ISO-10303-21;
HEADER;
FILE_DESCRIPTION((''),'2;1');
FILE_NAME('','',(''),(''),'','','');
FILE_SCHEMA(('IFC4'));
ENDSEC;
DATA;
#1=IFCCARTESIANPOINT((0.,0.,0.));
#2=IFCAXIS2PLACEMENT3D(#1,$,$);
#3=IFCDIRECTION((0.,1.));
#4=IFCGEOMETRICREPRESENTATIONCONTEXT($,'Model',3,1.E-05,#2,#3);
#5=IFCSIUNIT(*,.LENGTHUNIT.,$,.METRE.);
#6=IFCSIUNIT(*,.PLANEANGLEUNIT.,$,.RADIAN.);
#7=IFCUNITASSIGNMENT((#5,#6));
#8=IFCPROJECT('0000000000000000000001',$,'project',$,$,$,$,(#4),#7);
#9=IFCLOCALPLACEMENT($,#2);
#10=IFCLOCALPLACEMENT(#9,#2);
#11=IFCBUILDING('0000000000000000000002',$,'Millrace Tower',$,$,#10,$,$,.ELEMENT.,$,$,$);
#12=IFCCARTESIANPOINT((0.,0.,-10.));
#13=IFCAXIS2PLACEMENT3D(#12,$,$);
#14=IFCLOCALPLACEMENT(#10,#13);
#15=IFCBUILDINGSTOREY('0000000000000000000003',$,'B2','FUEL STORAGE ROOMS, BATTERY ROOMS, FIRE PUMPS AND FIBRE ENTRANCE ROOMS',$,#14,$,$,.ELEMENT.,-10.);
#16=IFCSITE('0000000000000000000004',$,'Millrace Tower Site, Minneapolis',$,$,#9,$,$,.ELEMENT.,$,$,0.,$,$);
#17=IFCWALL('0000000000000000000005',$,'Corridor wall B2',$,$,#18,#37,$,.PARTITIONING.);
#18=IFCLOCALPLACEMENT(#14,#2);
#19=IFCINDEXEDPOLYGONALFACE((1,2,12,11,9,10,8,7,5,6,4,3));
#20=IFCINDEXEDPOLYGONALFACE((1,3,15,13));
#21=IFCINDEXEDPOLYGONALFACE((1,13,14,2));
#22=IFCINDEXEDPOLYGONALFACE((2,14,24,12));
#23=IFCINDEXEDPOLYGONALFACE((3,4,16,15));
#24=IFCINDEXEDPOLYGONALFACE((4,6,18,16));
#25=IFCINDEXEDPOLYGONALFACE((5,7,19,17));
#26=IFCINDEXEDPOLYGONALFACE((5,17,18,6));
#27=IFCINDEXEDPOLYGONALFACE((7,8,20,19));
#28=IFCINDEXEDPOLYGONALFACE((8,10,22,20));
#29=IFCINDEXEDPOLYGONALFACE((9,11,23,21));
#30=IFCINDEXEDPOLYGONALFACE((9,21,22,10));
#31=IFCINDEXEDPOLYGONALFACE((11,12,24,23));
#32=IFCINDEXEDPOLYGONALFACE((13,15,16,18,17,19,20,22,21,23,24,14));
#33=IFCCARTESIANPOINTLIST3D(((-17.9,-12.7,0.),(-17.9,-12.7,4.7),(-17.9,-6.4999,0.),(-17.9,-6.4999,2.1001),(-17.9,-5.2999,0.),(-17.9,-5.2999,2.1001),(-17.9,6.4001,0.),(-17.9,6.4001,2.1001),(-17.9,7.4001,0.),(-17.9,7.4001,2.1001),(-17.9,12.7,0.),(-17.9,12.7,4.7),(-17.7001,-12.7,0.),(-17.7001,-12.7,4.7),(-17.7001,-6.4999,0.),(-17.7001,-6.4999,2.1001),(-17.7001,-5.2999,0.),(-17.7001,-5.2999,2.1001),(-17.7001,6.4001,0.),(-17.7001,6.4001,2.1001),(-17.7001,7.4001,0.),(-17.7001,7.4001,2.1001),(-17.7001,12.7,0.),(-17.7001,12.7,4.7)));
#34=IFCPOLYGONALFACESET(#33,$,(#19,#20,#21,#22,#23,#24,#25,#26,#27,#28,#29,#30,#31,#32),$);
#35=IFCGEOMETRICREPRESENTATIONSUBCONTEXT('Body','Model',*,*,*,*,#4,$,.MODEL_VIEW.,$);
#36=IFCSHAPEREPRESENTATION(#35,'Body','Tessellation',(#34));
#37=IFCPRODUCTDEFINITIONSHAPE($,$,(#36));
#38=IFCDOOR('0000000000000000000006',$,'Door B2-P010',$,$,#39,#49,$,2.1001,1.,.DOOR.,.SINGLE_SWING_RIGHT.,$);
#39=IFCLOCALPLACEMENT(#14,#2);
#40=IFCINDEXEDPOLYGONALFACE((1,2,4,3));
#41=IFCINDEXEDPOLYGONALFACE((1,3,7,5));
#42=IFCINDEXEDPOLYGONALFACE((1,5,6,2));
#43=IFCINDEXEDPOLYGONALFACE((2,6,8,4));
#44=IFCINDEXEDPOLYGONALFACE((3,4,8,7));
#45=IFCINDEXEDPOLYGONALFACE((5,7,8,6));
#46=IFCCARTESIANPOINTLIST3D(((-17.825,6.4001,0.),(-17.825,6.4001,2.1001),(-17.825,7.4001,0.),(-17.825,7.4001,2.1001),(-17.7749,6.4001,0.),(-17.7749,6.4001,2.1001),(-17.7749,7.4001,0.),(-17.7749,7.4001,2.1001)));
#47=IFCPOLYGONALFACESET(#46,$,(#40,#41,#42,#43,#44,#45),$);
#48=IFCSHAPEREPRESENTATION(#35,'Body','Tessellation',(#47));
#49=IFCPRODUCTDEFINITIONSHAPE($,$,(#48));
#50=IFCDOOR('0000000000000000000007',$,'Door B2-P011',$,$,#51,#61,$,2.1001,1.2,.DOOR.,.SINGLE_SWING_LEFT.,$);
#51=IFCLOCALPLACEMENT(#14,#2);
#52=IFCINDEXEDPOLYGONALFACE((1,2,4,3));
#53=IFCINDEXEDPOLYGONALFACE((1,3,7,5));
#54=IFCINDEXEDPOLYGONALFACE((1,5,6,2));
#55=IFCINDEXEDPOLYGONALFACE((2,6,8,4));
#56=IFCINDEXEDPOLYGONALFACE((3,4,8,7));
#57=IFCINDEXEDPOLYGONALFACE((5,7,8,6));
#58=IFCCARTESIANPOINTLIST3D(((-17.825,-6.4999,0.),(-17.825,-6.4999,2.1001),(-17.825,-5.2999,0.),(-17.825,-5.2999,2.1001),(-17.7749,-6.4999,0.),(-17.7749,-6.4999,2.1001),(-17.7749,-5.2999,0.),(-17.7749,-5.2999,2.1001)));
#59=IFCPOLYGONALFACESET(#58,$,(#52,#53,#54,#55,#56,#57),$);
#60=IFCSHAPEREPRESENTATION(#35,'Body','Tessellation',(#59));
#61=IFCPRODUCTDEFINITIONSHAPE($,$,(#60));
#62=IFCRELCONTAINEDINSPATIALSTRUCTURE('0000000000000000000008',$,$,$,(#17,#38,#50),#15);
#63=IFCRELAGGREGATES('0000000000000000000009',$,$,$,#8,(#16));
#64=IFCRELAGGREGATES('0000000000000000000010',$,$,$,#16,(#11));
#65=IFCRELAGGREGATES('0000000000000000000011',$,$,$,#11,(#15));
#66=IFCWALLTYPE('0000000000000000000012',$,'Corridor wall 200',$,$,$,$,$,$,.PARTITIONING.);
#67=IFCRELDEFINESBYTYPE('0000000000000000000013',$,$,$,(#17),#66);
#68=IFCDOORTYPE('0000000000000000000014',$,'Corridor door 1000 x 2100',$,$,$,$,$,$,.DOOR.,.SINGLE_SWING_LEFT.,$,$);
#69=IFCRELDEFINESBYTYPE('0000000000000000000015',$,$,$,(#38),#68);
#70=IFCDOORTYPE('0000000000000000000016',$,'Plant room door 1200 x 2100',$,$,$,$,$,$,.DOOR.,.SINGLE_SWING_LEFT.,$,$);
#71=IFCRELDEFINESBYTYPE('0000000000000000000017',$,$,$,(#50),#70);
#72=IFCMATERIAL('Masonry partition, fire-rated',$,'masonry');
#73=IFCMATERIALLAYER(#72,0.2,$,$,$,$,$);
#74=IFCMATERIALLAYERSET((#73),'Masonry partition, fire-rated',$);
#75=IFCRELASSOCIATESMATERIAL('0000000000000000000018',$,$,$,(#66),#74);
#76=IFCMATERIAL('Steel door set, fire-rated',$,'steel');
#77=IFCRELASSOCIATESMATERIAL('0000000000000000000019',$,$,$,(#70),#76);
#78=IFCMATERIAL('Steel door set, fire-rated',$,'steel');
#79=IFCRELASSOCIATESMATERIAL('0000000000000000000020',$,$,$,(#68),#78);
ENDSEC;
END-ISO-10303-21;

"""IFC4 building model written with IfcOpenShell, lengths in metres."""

from ifc_helpers import new_model, si_unit, direction, frame, frame_2d, origin, place, context, subcontext, project, spatial, rectangle, extrude, material, layer, layer_set, type_object, element, fill, save


model = new_model("IFC4")

# Units and contexts
model_context = context("Model", 3, precision=1e-05, world=origin(), true_north=direction((0.0, 1.0)))
body_context = subcontext(model_context, "Body", "Model", "MODEL_VIEW")
ifc_project = project(units=[si_unit("LENGTHUNIT", "METRE"), si_unit("PLANEANGLEUNIT", "RADIAN")], contexts=[model_context])

# Site, building, storey
site_placement = place(None, origin())
site = spatial("IfcSite", under=ifc_project, at=site_placement, Name="Millrace Tower Site, Minneapolis", CompositionType="ELEMENT", RefElevation=0.0)
building_placement = place(site_placement, origin())
building = spatial("IfcBuilding", under=site, at=building_placement, Name="Millrace Tower", CompositionType="ELEMENT")
storey_placement = place(building_placement, frame((0.0, 0.0, -10.0)))
storey = spatial("IfcBuildingStorey", under=building, at=storey_placement, Name="B2", Description="FUEL STORAGE ROOMS, BATTERY ROOMS, FIRE PUMPS AND FIBRE ENTRANCE ROOMS", CompositionType="ELEMENT", Elevation=-10.0)

# Shared definitions
ifc_material_1 = material(Name="Masonry partition, fire-rated", Category="masonry")
ifc_layer_1 = layer(ifc_material_1, 0.2)
ifc_layer_set_1 = layer_set([ifc_layer_1], Name="Masonry partition, fire-rated")
wall_type_1 = type_object("IfcWallType", Name="Corridor wall 200", PredefinedType="PARTITIONING", material=ifc_layer_set_1)
ifc_material_2 = material(Name="Steel door set, fire-rated", Category="steel")
door_type_1 = type_object("IfcDoorType", Name="Plant room door 1200 x 2100", OperationType="SINGLE_SWING_LEFT", PredefinedType="DOOR", material=ifc_material_2)

# Wall, openings, doors
wall_1_placement = place(storey_placement, frame((-17.8, -12.7, 0.0), z_axis=(0.0, 0.0, 1.0), x_axis=(0.0, 1.0, 0.0)))
wall_1 = element("IfcWall", 1, at=wall_1_placement, inside=storey, type_object=wall_type_1, Name="Corridor wall B2", PredefinedType="PARTITIONING", context=body_context, shape_type="SweptSolid", body=[
    extrude(rectangle(XDim=25.3999, YDim=0.2, at=frame_2d((12.7, 0.0))), origin(), (0.0, 0.0, 1.0), 4.7),
])
opening_1_placement = place(wall_1_placement, frame((19.1001, 0.0, 0.0)))
opening_1 = element("IfcOpeningElement", 2, at=opening_1_placement, cuts=wall_1, PredefinedType="OPENING", context=body_context, shape_type="SweptSolid", body=[
    extrude(rectangle(XDim=1.0, YDim=2.1001, at=frame_2d((0.5, 1.05))), frame((0.0, 0.1099, 0.0), z_axis=(0.0, -1.0, 0.0), x_axis=(1.0, 0.0, 0.0)), (0.0, 0.0, 1.0), 0.22),
])
opening_2_placement = place(wall_1_placement, frame((6.2, 0.0, 0.0)))
opening_2 = element("IfcOpeningElement", 3, at=opening_2_placement, cuts=wall_1, PredefinedType="OPENING", context=body_context, shape_type="SweptSolid", body=[
    extrude(rectangle(XDim=1.2, YDim=2.1001, at=frame_2d((0.6001, 1.05))), frame((0.0, 0.1099, 0.0), z_axis=(0.0, -1.0, 0.0), x_axis=(1.0, 0.0, 0.0)), (0.0, 0.0, 1.0), 0.22),
])
ifc_material_3 = material(Name="Steel door set, fire-rated", Category="steel")
door_type_2 = type_object("IfcDoorType", Name="Corridor door 1000 x 2100", OperationType="SINGLE_SWING_LEFT", PredefinedType="DOOR", material=ifc_material_3)
door_1_placement = place(opening_1_placement, origin())
door_1 = element("IfcDoor", 4, at=door_1_placement, inside=storey, type_object=door_type_2, Name="Door B2-P010", OperationType="SINGLE_SWING_RIGHT", OverallHeight=2.1001, OverallWidth=1.0, PredefinedType="DOOR", context=body_context, shape_type="SweptSolid", body=[
    extrude(rectangle(XDim=1.0, YDim=2.1001, at=frame_2d((0.5, 1.05))), frame((0.0, 0.0249, 0.0), z_axis=(0.0, -1.0, 0.0), x_axis=(1.0, 0.0, 0.0)), (0.0, 0.0, 1.0), 0.05),
])
fill(opening_1, door_1)
door_2_placement = place(opening_2_placement, origin())
door_2 = element("IfcDoor", 5, at=door_2_placement, inside=storey, type_object=door_type_1, Name="Door B2-P011", OperationType="SINGLE_SWING_LEFT", OverallHeight=2.1001, OverallWidth=1.2, PredefinedType="DOOR", context=body_context, shape_type="SweptSolid", body=[
    extrude(rectangle(XDim=1.2, YDim=2.1001, at=frame_2d((0.6001, 1.05))), frame((0.0, 0.0249, 0.0), z_axis=(0.0, -1.0, 0.0), x_axis=(1.0, 0.0, 0.0)), (0.0, 0.0, 1.0), 0.05),
])
fill(opening_2, door_2)

save(model, "model.ifc")
